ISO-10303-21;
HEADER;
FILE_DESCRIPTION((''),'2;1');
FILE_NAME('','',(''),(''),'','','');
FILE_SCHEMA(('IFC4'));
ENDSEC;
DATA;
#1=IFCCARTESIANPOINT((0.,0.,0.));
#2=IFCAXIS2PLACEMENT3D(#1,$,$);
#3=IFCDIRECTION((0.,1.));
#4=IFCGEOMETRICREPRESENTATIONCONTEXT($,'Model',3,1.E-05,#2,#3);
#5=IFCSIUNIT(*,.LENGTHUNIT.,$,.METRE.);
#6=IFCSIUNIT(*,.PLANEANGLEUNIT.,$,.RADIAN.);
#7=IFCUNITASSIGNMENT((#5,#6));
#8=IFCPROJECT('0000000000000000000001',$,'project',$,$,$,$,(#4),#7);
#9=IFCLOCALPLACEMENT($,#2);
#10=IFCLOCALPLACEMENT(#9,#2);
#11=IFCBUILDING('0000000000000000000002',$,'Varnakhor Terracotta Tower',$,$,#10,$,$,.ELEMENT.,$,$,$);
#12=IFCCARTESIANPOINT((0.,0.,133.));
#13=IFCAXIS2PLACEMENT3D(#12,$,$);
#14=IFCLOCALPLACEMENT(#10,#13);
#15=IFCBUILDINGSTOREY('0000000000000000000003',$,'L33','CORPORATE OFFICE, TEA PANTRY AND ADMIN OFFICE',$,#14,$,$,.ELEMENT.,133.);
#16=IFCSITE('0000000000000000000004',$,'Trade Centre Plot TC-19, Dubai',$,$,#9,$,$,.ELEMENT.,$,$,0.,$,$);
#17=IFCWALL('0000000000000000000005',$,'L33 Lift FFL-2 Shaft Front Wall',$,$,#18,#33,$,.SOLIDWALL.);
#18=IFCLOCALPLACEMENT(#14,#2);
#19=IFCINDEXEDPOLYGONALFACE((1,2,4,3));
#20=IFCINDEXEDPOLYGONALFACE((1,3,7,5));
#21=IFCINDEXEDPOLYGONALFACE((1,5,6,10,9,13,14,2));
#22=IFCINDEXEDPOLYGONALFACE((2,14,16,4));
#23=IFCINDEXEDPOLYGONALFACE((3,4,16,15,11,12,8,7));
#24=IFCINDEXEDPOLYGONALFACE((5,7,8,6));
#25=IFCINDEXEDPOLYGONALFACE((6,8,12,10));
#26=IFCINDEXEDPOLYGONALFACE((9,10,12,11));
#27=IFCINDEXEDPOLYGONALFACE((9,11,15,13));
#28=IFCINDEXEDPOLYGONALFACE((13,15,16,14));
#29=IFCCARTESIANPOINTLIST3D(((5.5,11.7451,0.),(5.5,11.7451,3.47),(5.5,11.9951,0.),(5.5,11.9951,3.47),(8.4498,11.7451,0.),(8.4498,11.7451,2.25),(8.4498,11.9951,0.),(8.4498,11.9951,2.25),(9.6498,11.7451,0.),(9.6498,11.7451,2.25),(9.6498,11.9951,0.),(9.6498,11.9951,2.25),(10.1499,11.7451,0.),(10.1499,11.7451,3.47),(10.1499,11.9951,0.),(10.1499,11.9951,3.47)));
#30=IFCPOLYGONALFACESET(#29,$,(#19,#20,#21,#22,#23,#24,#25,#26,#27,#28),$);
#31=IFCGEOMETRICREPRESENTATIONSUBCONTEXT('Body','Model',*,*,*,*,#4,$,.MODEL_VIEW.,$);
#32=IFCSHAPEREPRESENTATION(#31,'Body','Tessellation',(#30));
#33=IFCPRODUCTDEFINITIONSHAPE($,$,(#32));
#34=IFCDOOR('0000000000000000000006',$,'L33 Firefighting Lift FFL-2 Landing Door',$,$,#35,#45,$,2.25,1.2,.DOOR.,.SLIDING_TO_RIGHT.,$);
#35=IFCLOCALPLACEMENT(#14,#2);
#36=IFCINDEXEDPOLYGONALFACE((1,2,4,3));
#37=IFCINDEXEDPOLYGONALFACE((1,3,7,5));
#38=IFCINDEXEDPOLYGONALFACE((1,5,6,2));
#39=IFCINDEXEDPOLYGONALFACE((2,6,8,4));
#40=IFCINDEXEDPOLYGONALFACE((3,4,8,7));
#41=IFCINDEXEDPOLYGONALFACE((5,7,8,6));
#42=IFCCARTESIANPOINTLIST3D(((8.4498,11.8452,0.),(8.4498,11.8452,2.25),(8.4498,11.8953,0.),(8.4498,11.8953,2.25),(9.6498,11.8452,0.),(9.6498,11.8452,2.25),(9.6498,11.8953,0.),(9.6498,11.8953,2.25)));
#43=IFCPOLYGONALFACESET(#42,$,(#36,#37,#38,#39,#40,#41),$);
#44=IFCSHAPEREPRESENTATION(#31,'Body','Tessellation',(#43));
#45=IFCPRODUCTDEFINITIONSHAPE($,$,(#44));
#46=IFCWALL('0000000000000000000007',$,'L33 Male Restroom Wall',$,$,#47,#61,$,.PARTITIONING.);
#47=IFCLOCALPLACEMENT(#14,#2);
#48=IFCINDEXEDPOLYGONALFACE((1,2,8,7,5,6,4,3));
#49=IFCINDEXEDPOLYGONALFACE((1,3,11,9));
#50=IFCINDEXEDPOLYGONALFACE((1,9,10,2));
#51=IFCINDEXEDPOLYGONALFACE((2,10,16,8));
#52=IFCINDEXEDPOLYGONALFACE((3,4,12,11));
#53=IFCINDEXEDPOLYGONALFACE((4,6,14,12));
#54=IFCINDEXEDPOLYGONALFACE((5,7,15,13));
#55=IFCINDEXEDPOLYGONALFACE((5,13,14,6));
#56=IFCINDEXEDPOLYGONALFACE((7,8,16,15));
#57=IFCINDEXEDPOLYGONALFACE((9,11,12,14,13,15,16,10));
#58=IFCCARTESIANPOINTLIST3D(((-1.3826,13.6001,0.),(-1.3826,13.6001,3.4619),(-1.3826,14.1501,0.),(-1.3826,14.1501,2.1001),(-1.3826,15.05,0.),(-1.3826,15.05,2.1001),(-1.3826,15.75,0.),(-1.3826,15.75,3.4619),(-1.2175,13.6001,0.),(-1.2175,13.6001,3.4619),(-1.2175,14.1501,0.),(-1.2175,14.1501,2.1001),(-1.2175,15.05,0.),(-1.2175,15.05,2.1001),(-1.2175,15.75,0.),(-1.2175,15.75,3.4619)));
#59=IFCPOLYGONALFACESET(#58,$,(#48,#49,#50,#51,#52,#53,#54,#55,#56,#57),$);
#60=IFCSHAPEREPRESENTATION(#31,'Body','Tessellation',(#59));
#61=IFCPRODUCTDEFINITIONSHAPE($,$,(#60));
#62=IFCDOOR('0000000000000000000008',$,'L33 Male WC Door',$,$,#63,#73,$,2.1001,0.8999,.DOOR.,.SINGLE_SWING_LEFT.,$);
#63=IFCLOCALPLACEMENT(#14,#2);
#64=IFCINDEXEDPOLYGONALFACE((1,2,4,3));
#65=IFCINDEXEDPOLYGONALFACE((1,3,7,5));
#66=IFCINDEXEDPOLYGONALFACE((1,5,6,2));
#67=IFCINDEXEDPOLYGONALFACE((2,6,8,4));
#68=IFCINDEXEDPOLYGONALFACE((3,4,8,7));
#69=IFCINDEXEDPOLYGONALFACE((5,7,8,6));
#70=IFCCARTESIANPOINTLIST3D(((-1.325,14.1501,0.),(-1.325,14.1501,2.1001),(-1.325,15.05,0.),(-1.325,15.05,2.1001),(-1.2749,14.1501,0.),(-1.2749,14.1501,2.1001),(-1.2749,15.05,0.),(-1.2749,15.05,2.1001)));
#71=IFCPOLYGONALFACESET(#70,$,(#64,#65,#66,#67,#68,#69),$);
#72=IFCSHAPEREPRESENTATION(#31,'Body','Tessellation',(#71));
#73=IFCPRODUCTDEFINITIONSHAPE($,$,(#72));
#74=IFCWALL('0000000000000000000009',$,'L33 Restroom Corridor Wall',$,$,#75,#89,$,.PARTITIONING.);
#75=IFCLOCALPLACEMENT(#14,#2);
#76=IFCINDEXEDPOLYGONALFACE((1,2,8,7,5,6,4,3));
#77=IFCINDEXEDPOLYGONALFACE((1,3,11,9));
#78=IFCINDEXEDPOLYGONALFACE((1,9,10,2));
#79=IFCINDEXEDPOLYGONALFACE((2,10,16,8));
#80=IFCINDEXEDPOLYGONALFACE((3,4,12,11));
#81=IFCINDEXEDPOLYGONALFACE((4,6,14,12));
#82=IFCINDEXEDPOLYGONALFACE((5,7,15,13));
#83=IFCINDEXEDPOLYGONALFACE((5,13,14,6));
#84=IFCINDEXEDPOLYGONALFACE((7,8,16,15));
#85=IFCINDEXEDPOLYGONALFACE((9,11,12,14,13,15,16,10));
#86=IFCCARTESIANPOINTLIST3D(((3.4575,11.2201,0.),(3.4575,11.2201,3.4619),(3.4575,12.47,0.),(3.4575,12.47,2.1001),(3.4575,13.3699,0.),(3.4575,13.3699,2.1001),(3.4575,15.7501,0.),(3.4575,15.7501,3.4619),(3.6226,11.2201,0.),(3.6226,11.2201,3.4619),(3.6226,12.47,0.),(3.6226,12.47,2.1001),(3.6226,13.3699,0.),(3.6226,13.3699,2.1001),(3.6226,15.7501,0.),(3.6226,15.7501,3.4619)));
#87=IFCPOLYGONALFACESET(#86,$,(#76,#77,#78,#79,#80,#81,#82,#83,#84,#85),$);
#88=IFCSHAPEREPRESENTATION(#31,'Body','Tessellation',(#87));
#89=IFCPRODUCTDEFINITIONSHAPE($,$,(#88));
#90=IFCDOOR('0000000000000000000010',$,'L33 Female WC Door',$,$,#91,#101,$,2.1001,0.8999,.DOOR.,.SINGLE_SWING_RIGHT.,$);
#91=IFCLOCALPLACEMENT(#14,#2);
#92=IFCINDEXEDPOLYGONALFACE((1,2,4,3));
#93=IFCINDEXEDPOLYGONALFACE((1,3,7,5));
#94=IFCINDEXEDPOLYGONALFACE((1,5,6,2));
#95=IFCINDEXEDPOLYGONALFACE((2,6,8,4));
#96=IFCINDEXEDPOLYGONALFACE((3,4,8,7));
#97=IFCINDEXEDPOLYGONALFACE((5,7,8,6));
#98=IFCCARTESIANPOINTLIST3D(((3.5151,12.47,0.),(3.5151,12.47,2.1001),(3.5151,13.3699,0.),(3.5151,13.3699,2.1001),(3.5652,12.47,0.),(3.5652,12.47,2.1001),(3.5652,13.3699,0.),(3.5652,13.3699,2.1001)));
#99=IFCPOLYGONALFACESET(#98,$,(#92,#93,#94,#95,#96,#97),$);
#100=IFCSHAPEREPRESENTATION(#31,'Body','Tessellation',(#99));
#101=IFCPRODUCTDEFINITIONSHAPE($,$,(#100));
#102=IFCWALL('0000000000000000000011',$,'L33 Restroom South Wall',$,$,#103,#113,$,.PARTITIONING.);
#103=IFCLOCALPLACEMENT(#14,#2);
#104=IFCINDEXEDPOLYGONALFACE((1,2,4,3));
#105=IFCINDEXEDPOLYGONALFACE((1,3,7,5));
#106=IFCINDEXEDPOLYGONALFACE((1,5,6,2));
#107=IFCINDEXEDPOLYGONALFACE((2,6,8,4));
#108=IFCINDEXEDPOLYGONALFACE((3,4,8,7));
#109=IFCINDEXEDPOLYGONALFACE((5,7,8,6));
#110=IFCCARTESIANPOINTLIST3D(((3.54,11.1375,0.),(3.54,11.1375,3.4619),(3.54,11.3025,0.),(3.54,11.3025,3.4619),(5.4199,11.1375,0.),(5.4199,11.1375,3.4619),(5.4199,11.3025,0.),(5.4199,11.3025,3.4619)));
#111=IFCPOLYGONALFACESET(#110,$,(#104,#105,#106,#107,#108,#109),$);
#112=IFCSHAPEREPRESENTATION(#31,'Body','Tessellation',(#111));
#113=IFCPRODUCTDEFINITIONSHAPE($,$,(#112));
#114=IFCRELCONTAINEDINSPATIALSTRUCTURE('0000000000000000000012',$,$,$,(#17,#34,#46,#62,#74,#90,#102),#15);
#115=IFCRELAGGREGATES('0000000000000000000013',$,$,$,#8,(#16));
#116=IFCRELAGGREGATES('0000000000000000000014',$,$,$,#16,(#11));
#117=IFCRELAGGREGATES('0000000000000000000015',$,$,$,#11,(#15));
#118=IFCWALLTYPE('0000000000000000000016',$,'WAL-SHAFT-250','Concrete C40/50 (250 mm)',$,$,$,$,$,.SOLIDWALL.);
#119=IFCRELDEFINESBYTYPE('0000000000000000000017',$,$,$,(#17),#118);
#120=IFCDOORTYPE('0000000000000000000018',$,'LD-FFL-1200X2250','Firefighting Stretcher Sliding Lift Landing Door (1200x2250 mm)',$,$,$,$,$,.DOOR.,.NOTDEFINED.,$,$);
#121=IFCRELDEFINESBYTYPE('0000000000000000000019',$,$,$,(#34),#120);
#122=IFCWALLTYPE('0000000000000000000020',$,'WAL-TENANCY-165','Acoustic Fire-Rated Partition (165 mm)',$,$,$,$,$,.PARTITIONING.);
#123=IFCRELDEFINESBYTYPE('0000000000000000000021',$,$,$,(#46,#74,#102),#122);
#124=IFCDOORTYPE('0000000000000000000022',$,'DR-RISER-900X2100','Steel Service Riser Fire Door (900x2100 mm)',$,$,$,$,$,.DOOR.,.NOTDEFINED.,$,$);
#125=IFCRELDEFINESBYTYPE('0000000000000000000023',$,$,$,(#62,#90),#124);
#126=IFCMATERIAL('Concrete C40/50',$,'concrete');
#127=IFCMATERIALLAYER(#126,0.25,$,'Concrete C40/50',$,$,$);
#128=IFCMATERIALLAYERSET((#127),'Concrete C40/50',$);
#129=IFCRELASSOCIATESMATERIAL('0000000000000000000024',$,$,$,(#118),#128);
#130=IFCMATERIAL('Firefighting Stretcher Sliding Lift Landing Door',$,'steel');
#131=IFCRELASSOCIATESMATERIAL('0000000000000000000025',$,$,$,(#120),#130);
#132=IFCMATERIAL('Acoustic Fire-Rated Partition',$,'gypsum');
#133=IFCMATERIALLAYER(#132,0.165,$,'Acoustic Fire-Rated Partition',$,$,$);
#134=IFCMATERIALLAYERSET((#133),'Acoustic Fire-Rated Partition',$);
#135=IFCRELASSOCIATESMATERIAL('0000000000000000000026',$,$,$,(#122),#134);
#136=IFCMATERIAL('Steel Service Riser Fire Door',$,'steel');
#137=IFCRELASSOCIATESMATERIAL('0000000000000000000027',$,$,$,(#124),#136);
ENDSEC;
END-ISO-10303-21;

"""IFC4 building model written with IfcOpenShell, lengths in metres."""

from ifc_helpers import new_model, si_unit, direction, frame, frame_2d, origin, place, context, subcontext, project, spatial, rectangle, extrude, source, transform, mapped, material, layer, layer_set, type_object, type_shapes, element, fill, save


model = new_model("IFC4")

# Units and contexts
model_context = context("Model", 3, precision=1e-05, world=origin(), true_north=direction((0.0, 1.0)))
body_context = subcontext(model_context, "Body", "Model", "MODEL_VIEW")
ifc_project = project(units=[si_unit("LENGTHUNIT", "METRE"), si_unit("PLANEANGLEUNIT", "RADIAN")], contexts=[model_context])

# Site, building, storey
site_placement = place(None, origin())
site = spatial("IfcSite", under=ifc_project, at=site_placement, Name="Trade Centre Plot TC-19, Dubai", CompositionType="ELEMENT", RefElevation=0.0)
building_placement = place(site_placement, origin())
building = spatial("IfcBuilding", under=site, at=building_placement, Name="Varnakhor Terracotta Tower", CompositionType="ELEMENT")
storey_placement = place(building_placement, frame((0.0, 0.0, 133.0)))
storey = spatial("IfcBuildingStorey", under=building, at=storey_placement, Name="L33", Description="CORPORATE OFFICE, TEA PANTRY AND ADMIN OFFICE", CompositionType="ELEMENT", Elevation=133.0)

# Shared definitions
ifc_material_1 = material(Name="Concrete C40/50", Category="concrete")

# Walls, openings, doors
ifc_layer_1 = layer(ifc_material_1, 0.25, Name="Concrete C40/50")
ifc_layer_set_1 = layer_set([ifc_layer_1], Name="Concrete C40/50")
wall_type_1 = type_object("IfcWallType", Name="WAL-SHAFT-250", Description="Concrete C40/50 (250 mm)", PredefinedType="SOLIDWALL", material=ifc_layer_set_1)
wall_1_placement = place(storey_placement, frame((10.1499, 11.8701, 0.0), z_axis=(0.0, 0.0, 1.0), x_axis=(-1.0, 0.0, 0.0)))
wall_1 = element("IfcWall", 1, at=wall_1_placement, inside=storey, type_object=wall_type_1, Name="L33 Lift FFL-2 Shaft Front Wall", PredefinedType="SOLIDWALL", context=body_context, shape_type="SweptSolid", body=[
    extrude(rectangle(XDim=4.6499, YDim=0.25, at=frame_2d((2.325, 0.0))), origin(), (0.0, 0.0, 1.0), 3.47),
])
opening_1_placement = place(wall_1_placement, frame((0.5, 0.0, 0.0)))
opening_1 = element("IfcOpeningElement", 2, at=opening_1_placement, cuts=wall_1, PredefinedType="OPENING", context=body_context, shape_type="SweptSolid", body=[
    extrude(rectangle(XDim=1.2, YDim=2.25, at=frame_2d((0.6001, 1.125))), frame((0.0, 0.135, 0.0), z_axis=(0.0, -1.0, 0.0), x_axis=(1.0, 0.0, 0.0)), (0.0, 0.0, 1.0), 0.27),
])
ifc_material_2 = material(Name="Firefighting Stretcher Sliding Lift Landing Door", Category="steel")
door_type_1 = type_object("IfcDoorType", Name="LD-FFL-1200X2250", Description="Firefighting Stretcher Sliding Lift Landing Door (1200x2250 mm)", OperationType="NOTDEFINED", PredefinedType="DOOR", material=ifc_material_2)
shared_shape_1 = source(origin(), body_context, "Body", "SweptSolid", [
    extrude(rectangle(XDim=1.2, YDim=2.25, at=frame_2d((0.6001, 1.125))), frame((0.0, 0.0249, 0.0), z_axis=(0.0, -1.0, 0.0), x_axis=(1.0, 0.0, 0.0)), (0.0, 0.0, 1.0), 0.05),
])
type_shapes(door_type_1, [shared_shape_1])
door_1_placement = place(opening_1_placement, origin())
door_1 = element("IfcDoor", 3, at=door_1_placement, inside=storey, type_object=door_type_1, Name="L33 Firefighting Lift FFL-2 Landing Door", OperationType="SLIDING_TO_RIGHT", OverallHeight=2.25, OverallWidth=1.2, PredefinedType="DOOR", context=body_context, shape_type="MappedRepresentation", body=[
    mapped(shared_shape_1, transform((0.0, 0.0, 0.0), scale=1.0)),
])
fill(opening_1, door_1)
ifc_material_3 = material(Name="Acoustic Fire-Rated Partition", Category="gypsum")
ifc_layer_2 = layer(ifc_material_3, 0.165, Name="Acoustic Fire-Rated Partition")
ifc_layer_set_2 = layer_set([ifc_layer_2], Name="Acoustic Fire-Rated Partition")
wall_type_2 = type_object("IfcWallType", Name="WAL-TENANCY-165", Description="Acoustic Fire-Rated Partition (165 mm)", PredefinedType="PARTITIONING", material=ifc_layer_set_2)
wall_2_placement = place(storey_placement, frame((-1.3, 13.6001, 0.0), z_axis=(0.0, 0.0, 1.0), x_axis=(0.0, 1.0, 0.0)))
wall_2 = element("IfcWall", 4, at=wall_2_placement, inside=storey, type_object=wall_type_2, Name="L33 Male Restroom Wall", PredefinedType="PARTITIONING", context=body_context, shape_type="SweptSolid", body=[
    extrude(rectangle(XDim=2.1499, YDim=0.165, at=frame_2d((1.075, 0.0))), origin(), (0.0, 0.0, 1.0), 3.4619),
])
opening_2_placement = place(wall_2_placement, frame((0.55, 0.0, 0.0)))
opening_2 = element("IfcOpeningElement", 5, at=opening_2_placement, cuts=wall_2, PredefinedType="OPENING", context=body_context, shape_type="SweptSolid", body=[
    extrude(rectangle(XDim=0.8999, YDim=2.1001, at=frame_2d((0.45, 1.05))), frame((0.0, 0.0925, 0.0), z_axis=(0.0, -1.0, 0.0), x_axis=(1.0, 0.0, 0.0)), (0.0, 0.0, 1.0), 0.1851),
])
ifc_material_4 = material(Name="Steel Service Riser Fire Door", Category="steel")
door_type_2 = type_object("IfcDoorType", Name="DR-RISER-900X2100", Description="Steel Service Riser Fire Door (900x2100 mm)", OperationType="NOTDEFINED", PredefinedType="DOOR", material=ifc_material_4)
shared_shape_2 = source(origin(), body_context, "Body", "SweptSolid", [
    extrude(rectangle(XDim=0.8999, YDim=2.1001, at=frame_2d((0.45, 1.05))), frame((0.0, 0.0249, 0.0), z_axis=(0.0, -1.0, 0.0), x_axis=(1.0, 0.0, 0.0)), (0.0, 0.0, 1.0), 0.05),
])
type_shapes(door_type_2, [shared_shape_2])
door_2_placement = place(opening_2_placement, origin())
door_2 = element("IfcDoor", 6, at=door_2_placement, inside=storey, type_object=door_type_2, Name="L33 Male WC Door", OperationType="SINGLE_SWING_LEFT", OverallHeight=2.1001, OverallWidth=0.8999, PredefinedType="DOOR", context=body_context, shape_type="MappedRepresentation", body=[
    mapped(shared_shape_2, transform((0.0, 0.0, 0.0), scale=1.0)),
])
fill(opening_2, door_2)
wall_3_placement = place(storey_placement, frame((3.54, 11.22, 0.0), z_axis=(0.0, 0.0, 1.0), x_axis=(0.0, 1.0, 0.0)))
wall_3 = element("IfcWall", 7, at=wall_3_placement, inside=storey, type_object=wall_type_2, Name="L33 Restroom Corridor Wall", PredefinedType="PARTITIONING", context=body_context, shape_type="SweptSolid", body=[
    extrude(rectangle(XDim=4.53, YDim=0.165, at=frame_2d((2.2651, 0.0))), origin(), (0.0, 0.0, 1.0), 3.4619),
])
opening_3_placement = place(wall_3_placement, frame((1.25, 0.0, 0.0)))
opening_3 = element("IfcOpeningElement", 8, at=opening_3_placement, cuts=wall_3, PredefinedType="OPENING", context=body_context, shape_type="SweptSolid", body=[
    extrude(rectangle(XDim=0.8999, YDim=2.1001, at=frame_2d((0.45, 1.05))), frame((0.0, 0.0925, 0.0), z_axis=(0.0, -1.0, 0.0), x_axis=(1.0, 0.0, 0.0)), (0.0, 0.0, 1.0), 0.1851),
])
door_3_placement = place(opening_3_placement, origin())
door_3 = element("IfcDoor", 9, at=door_3_placement, inside=storey, type_object=door_type_2, Name="L33 Female WC Door", OperationType="SINGLE_SWING_RIGHT", OverallHeight=2.1001, OverallWidth=0.8999, PredefinedType="DOOR", context=body_context, shape_type="MappedRepresentation", body=[
    mapped(shared_shape_2, transform((0.0, 0.0, 0.0), scale=1.0)),
])
fill(opening_3, door_3)

# Wall
wall_4_placement = place(storey_placement, frame((3.54, 11.22, 0.0), z_axis=(0.0, 0.0, 1.0), x_axis=(1.0, 0.0, 0.0)))
element("IfcWall", 10, at=wall_4_placement, inside=storey, type_object=wall_type_2, Name="L33 Restroom South Wall", PredefinedType="PARTITIONING", context=body_context, shape_type="SweptSolid", body=[
    extrude(rectangle(XDim=1.8799, YDim=0.165, at=frame_2d((0.9399, 0.0))), origin(), (0.0, 0.0, 1.0), 3.4619),
])

save(model, "model.ifc")
